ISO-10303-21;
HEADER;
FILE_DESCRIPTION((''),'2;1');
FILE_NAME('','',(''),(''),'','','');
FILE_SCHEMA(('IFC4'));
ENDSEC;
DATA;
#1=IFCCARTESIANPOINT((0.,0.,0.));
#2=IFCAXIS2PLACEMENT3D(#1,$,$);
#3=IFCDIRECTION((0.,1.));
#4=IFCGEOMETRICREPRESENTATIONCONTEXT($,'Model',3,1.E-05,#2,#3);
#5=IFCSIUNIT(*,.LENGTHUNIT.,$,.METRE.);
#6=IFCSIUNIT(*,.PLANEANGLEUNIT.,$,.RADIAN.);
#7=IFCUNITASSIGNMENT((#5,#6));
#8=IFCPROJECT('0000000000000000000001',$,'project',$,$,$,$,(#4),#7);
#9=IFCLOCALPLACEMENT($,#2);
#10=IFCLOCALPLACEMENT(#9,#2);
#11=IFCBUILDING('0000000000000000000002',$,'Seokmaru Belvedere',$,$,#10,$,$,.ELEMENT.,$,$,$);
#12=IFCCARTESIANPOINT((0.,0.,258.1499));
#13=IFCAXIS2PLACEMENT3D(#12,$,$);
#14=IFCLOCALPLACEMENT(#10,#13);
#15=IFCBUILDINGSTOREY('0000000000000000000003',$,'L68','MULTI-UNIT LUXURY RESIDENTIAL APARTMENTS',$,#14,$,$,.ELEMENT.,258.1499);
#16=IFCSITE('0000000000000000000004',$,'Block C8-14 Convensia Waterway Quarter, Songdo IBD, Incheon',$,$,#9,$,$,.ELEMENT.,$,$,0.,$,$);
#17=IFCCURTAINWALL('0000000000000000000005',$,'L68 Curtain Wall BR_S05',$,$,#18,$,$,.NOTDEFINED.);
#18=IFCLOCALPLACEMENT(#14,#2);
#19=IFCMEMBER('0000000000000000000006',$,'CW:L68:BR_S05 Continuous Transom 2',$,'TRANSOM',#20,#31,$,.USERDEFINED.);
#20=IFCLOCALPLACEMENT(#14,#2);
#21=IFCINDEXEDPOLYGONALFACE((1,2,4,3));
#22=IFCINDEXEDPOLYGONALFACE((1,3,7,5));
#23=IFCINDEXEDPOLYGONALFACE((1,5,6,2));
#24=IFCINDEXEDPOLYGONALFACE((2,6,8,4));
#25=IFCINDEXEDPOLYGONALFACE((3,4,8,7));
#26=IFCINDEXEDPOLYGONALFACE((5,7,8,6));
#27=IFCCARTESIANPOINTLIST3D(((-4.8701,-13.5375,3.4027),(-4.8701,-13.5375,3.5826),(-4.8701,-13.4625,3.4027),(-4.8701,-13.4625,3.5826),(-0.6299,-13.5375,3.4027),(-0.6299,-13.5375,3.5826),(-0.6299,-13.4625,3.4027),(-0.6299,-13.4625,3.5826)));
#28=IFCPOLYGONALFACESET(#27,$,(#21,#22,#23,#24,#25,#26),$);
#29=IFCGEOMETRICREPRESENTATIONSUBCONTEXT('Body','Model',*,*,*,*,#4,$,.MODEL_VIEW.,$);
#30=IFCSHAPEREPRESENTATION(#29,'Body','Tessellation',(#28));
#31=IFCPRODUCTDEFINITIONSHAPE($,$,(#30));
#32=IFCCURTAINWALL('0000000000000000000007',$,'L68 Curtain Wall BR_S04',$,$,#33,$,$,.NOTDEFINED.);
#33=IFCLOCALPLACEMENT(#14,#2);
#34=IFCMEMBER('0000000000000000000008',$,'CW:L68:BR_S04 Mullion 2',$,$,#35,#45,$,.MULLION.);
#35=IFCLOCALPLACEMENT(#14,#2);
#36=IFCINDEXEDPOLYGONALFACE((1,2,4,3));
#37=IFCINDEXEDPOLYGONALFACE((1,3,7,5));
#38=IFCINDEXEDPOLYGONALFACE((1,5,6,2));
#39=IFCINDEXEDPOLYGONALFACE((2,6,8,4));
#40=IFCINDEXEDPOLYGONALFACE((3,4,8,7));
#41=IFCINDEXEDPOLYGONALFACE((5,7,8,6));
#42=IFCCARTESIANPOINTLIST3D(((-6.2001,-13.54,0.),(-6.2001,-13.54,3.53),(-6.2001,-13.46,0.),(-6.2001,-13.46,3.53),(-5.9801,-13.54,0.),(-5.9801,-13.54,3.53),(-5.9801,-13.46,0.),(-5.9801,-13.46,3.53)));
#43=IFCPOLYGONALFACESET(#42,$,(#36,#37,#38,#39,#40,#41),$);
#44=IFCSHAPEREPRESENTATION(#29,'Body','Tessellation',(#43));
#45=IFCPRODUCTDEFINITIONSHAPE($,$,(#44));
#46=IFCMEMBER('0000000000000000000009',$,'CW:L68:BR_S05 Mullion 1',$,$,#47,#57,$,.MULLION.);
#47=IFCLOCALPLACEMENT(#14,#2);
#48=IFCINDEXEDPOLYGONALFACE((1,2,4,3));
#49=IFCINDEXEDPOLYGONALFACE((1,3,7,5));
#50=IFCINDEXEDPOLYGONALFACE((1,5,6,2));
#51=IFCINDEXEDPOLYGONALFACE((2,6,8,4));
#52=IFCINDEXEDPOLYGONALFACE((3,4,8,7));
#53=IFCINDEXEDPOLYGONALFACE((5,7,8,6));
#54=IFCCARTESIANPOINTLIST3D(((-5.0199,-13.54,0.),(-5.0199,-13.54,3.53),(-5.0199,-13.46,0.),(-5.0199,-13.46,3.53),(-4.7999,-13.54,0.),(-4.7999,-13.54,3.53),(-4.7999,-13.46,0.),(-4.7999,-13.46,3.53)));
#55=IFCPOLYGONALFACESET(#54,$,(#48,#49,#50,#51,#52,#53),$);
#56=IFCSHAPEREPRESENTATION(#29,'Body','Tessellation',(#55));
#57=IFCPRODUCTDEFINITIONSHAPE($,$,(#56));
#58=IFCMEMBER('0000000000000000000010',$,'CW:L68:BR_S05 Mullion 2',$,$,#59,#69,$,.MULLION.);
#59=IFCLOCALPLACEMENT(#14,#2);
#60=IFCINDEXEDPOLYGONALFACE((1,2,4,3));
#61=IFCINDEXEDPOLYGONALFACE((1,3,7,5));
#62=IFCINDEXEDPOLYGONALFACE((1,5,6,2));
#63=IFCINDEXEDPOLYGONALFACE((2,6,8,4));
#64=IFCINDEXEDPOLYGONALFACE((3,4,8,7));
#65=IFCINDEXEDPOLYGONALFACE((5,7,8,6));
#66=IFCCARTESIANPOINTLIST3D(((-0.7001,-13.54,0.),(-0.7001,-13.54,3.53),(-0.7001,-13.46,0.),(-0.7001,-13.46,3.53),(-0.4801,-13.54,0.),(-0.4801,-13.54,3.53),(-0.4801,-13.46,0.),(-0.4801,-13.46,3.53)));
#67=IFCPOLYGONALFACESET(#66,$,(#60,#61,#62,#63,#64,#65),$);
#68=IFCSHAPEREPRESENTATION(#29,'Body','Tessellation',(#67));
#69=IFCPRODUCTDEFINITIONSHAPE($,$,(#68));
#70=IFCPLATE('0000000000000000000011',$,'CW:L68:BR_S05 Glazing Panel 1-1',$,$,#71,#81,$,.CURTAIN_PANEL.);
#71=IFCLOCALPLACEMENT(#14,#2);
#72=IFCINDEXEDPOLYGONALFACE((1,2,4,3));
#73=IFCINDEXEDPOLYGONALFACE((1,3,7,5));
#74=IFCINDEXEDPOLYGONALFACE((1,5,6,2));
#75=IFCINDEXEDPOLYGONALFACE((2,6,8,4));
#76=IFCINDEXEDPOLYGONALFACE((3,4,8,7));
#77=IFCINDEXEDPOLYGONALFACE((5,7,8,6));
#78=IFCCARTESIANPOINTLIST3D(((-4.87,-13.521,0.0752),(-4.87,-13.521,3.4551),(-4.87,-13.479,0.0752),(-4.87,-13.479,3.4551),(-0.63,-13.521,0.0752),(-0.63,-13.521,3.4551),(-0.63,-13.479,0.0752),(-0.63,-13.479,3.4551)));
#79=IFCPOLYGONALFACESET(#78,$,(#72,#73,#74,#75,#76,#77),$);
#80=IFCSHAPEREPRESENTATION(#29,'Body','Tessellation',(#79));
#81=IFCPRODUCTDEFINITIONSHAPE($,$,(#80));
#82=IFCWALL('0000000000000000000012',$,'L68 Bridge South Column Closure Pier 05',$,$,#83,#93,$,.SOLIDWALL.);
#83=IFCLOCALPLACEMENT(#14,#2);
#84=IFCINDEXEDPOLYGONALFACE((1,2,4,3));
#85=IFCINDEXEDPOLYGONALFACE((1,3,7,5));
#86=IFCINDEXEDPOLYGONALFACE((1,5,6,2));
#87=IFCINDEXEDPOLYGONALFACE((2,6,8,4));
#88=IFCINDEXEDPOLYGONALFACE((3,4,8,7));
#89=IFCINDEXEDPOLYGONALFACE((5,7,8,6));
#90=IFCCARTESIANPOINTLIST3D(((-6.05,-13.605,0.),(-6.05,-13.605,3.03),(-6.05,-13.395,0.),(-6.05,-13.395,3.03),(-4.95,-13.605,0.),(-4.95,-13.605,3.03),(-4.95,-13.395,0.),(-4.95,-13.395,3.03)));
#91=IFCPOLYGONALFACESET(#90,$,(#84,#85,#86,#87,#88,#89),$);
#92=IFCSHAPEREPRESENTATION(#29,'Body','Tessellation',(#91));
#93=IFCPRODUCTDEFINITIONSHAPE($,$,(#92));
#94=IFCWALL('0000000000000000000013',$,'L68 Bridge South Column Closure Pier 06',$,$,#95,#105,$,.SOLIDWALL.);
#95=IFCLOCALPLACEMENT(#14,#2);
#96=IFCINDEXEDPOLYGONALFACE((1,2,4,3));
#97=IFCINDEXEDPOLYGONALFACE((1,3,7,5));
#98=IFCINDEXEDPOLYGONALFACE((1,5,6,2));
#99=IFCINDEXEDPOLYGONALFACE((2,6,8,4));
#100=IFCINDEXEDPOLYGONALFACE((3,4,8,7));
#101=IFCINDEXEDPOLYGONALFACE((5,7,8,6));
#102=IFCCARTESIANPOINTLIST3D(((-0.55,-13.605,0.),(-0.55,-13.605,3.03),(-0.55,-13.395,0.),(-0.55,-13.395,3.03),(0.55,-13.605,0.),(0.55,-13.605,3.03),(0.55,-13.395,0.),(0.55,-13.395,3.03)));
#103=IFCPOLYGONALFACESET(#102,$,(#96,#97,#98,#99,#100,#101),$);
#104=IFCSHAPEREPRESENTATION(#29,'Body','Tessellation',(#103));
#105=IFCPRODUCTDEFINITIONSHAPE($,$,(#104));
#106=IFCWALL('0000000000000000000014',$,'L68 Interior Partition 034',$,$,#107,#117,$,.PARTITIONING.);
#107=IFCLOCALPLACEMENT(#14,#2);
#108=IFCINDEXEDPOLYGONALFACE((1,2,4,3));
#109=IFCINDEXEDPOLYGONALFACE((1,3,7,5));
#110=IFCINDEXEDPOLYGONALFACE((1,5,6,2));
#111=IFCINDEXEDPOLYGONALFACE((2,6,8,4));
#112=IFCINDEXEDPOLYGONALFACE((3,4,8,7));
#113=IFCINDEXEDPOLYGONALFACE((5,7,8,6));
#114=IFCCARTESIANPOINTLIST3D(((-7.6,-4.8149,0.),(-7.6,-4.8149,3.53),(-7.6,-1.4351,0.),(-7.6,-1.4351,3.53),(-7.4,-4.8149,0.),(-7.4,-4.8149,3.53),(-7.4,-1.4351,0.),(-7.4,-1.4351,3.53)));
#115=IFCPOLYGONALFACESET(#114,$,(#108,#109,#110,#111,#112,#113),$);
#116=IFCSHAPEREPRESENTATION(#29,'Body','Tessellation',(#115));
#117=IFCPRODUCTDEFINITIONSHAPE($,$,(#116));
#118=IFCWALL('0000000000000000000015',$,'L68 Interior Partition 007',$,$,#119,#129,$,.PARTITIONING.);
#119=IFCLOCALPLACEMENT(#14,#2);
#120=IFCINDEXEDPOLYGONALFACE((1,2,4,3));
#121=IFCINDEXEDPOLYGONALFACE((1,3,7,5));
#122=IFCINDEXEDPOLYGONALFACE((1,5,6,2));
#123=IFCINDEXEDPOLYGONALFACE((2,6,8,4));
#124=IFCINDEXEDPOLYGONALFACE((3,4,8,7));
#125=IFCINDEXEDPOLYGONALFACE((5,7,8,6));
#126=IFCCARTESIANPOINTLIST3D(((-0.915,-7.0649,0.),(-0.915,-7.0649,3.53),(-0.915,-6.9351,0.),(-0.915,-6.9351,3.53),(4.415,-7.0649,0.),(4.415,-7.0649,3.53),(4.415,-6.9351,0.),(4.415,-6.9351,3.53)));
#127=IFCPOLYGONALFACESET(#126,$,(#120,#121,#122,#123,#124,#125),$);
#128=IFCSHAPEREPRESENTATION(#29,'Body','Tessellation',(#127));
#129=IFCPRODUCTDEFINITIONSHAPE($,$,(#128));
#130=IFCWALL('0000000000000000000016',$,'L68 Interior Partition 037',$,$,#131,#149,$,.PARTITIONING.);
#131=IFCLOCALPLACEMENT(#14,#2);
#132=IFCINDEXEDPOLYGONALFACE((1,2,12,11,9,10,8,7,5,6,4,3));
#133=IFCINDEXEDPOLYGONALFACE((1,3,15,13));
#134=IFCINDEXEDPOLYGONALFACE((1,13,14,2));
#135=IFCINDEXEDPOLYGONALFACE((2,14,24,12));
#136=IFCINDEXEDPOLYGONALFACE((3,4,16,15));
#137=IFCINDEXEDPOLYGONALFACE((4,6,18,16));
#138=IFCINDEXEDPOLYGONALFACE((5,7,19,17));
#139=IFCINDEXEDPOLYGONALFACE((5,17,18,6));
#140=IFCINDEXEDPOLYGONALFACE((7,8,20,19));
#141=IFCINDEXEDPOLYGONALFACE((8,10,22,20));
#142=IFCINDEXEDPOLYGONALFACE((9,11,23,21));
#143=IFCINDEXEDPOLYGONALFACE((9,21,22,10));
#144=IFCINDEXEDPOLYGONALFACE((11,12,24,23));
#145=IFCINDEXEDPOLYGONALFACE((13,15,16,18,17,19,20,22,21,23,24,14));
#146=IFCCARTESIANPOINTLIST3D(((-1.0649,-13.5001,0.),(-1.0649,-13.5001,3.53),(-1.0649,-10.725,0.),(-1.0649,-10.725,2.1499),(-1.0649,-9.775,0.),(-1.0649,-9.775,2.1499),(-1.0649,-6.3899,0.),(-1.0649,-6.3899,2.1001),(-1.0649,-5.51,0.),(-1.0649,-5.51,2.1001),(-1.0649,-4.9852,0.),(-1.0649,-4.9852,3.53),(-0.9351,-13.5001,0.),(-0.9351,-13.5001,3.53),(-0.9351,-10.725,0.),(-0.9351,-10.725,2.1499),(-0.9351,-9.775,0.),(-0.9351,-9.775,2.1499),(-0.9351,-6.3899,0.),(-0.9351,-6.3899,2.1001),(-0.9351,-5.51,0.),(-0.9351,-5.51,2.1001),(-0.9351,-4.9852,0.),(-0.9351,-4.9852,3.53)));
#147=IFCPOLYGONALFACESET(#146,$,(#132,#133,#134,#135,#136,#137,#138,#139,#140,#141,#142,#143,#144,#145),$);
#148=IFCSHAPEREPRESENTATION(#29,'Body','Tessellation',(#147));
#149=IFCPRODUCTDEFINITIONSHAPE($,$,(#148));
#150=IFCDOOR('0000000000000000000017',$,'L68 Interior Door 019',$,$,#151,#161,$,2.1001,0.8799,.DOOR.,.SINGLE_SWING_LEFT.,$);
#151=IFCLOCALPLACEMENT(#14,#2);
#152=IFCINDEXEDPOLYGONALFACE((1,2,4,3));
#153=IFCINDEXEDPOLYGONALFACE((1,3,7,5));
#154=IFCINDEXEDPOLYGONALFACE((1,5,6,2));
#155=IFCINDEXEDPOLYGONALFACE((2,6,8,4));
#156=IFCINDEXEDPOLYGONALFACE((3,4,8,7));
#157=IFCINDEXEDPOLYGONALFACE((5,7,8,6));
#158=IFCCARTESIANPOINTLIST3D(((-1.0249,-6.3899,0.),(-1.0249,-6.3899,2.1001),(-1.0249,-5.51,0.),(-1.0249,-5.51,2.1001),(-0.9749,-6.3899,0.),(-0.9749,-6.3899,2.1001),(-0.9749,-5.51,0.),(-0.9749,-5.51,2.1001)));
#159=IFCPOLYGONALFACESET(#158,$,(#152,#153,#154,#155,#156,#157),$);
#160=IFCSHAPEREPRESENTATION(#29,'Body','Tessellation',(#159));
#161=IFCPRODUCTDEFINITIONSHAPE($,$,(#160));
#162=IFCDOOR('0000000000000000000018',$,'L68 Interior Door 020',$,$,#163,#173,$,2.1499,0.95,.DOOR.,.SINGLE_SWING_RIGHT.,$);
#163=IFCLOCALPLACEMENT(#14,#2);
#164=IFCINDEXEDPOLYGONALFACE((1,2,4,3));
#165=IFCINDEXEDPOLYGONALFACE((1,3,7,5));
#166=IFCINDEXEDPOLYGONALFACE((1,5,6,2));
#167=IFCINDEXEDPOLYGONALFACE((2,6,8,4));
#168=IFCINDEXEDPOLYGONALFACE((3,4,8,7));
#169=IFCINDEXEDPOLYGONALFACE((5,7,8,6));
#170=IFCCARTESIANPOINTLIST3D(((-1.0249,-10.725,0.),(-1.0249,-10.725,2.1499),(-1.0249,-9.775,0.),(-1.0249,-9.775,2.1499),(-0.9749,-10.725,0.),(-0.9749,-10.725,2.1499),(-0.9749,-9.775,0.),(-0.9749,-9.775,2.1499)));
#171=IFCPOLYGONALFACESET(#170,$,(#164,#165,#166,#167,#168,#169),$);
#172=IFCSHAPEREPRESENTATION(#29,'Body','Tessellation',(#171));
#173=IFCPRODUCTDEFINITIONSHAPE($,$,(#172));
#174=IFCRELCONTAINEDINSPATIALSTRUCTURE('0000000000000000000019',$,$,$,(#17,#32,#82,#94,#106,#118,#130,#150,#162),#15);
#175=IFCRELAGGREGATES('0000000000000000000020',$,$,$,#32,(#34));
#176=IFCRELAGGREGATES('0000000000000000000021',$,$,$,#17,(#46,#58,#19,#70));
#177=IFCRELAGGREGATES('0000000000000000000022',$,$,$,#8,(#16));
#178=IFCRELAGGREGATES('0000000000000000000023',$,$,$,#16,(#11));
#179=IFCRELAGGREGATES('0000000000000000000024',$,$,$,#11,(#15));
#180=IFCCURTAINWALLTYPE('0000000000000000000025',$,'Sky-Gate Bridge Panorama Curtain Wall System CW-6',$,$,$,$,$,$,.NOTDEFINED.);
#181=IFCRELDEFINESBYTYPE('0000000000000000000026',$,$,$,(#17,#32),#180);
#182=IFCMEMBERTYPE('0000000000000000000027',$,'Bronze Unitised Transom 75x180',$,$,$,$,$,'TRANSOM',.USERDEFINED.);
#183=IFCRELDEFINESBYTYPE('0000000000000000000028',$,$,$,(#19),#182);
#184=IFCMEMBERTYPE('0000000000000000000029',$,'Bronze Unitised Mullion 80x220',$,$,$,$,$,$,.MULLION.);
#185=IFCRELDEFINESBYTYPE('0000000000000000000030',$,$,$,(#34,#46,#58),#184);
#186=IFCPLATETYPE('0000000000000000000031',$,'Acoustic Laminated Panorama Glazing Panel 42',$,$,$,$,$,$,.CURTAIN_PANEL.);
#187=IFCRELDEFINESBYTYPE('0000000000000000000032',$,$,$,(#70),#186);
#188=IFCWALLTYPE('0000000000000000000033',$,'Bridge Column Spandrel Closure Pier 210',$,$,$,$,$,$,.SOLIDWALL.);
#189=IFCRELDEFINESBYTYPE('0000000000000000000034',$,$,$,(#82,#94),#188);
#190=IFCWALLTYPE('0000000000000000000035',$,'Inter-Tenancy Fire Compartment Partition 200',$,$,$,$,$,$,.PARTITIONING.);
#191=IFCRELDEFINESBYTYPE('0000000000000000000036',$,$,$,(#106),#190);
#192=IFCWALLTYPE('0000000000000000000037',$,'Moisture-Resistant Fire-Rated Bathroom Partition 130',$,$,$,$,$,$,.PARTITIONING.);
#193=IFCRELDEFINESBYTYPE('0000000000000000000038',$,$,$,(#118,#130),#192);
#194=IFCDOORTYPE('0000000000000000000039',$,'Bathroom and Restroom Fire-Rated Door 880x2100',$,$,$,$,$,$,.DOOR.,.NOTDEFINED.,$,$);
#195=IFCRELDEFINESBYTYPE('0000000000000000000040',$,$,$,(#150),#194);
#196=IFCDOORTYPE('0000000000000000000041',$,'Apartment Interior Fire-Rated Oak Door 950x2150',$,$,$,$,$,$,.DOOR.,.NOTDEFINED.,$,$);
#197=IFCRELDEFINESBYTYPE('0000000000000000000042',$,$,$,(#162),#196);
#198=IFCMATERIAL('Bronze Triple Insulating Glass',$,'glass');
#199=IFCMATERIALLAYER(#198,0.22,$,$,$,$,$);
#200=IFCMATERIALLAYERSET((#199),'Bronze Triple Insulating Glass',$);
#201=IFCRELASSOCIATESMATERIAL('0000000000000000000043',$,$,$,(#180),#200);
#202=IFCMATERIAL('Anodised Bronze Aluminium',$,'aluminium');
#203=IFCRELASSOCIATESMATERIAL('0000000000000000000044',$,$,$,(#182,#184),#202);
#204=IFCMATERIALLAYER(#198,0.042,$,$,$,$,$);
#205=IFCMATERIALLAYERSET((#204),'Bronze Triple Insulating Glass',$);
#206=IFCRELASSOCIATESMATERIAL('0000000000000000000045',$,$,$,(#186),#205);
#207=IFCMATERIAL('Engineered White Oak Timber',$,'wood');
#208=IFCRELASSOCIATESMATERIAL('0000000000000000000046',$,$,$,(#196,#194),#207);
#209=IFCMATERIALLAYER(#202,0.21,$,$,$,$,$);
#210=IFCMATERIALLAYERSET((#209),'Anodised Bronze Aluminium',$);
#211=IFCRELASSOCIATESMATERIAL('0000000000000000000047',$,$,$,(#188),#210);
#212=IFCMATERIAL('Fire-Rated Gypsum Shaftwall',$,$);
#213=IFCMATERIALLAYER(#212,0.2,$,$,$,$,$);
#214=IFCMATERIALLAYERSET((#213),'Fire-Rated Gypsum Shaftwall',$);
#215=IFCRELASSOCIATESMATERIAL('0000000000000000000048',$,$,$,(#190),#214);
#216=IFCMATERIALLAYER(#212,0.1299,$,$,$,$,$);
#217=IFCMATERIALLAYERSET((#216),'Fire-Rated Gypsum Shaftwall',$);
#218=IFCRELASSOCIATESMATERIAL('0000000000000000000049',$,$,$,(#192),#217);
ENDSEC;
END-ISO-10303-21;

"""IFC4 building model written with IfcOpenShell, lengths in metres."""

from ifc_helpers import new_model, si_unit, direction, frame, frame_2d, origin, origin_2d, place, context, subcontext, project, spatial, rectangle, extrude, source, transform, mapped, material, layer, layer_set, material_profile, profile_set, type_object, type_shapes, element, fill, aggregate, save


model = new_model("IFC4")

# Units and contexts
model_context = context("Model", 3, precision=1e-05, world=origin(), true_north=direction((0.0, 1.0)))
body_context = subcontext(model_context, "Body", "Model", "MODEL_VIEW")
ifc_project = project(units=[si_unit("LENGTHUNIT", "METRE"), si_unit("PLANEANGLEUNIT", "RADIAN")], contexts=[model_context])

# Site, building, storey
site_placement = place(None, origin())
site = spatial("IfcSite", under=ifc_project, at=site_placement, Name="Block C8-14 Convensia Waterway Quarter, Songdo IBD, Incheon", CompositionType="ELEMENT", RefElevation=0.0)
building_placement = place(site_placement, origin())
building = spatial("IfcBuilding", under=site, at=building_placement, Name="Seokmaru Belvedere", CompositionType="ELEMENT")
storey_placement = place(building_placement, frame((0.0, 0.0, 258.1499)))
storey = spatial("IfcBuildingStorey", under=building, at=storey_placement, Name="L68", Description="MULTI-UNIT LUXURY RESIDENTIAL APARTMENTS", CompositionType="ELEMENT", Elevation=258.1499)

# Curtain wall, member
ifc_material_1 = material(Name="Bronze Triple Insulating Glass", Category="glass")
ifc_layer_1 = layer(ifc_material_1, 0.22)
ifc_layer_set_1 = layer_set([ifc_layer_1], Name="Bronze Triple Insulating Glass")
curtain_wall_type = type_object("IfcCurtainWallType", Name="Sky-Gate Bridge Panorama Curtain Wall System CW-6", PredefinedType="NOTDEFINED", material=ifc_layer_set_1)
curtain_wall_1_placement = place(storey_placement, origin())
curtain_wall_1 = element("IfcCurtainWall", 1, at=curtain_wall_1_placement, inside=storey, type_object=curtain_wall_type, Name="L68 Curtain Wall BR_S05", PredefinedType="NOTDEFINED")
ifc_material_2 = material(Name="Anodised Bronze Aluminium", Category="aluminium")
ifc_material_profile_1 = material_profile(ifc_material_2, rectangle(XDim=0.075, YDim=0.1799, at=origin_2d()), Name="CW-T-75x180")
ifc_profile_set_1 = profile_set([ifc_material_profile_1], Name="Anodised Bronze Aluminium")
member_type_1 = type_object("IfcMemberType", Name="Bronze Unitised Transom 75x180", ElementType="TRANSOM", PredefinedType="USERDEFINED", material=ifc_profile_set_1)
shared_shape_1 = source(origin(), body_context, "Body", "SweptSolid", [
    extrude(rectangle(XDim=0.075, YDim=0.1799, at=origin_2d()), origin(), (0.0, 0.0, 1.0), 4.2402),
])
type_shapes(member_type_1, [shared_shape_1])
member_1_placement = place(storey_placement, frame((-4.8701, -13.5, 3.4927), z_axis=(1.0, 0.0, 0.0), x_axis=(0.0, 1.0, 0.0)))
member_1 = element("IfcMember", 2, at=member_1_placement, type_object=member_type_1, Name="CW:L68:BR_S05 Continuous Transom 2", ObjectType="TRANSOM", PredefinedType="USERDEFINED", context=body_context, shape_type="MappedRepresentation", body=[
    mapped(shared_shape_1, transform((0.0, 0.0, 0.0), scale=1.0)),
])

# Curtain wall, member
curtain_wall_2_placement = place(storey_placement, origin())
curtain_wall_2 = element("IfcCurtainWall", 3, at=curtain_wall_2_placement, inside=storey, type_object=curtain_wall_type, Name="L68 Curtain Wall BR_S04", PredefinedType="NOTDEFINED")
ifc_material_profile_2 = material_profile(ifc_material_2, rectangle(XDim=0.0801, YDim=0.22, at=origin_2d()), Name="CW-M-80x220")
ifc_profile_set_2 = profile_set([ifc_material_profile_2], Name="Anodised Bronze Aluminium")
member_type_2 = type_object("IfcMemberType", Name="Bronze Unitised Mullion 80x220", PredefinedType="MULLION", material=ifc_profile_set_2)
shared_shape_2 = source(origin(), body_context, "Body", "SweptSolid", [
    extrude(rectangle(XDim=0.0801, YDim=0.22, at=origin_2d()), origin(), (0.0, 0.0, 1.0), 3.53),
])
type_shapes(member_type_2, [shared_shape_2])
member_2_placement = place(storey_placement, frame((-6.0901, -13.5, 0.0), z_axis=(0.0, 0.0, 1.0), x_axis=(0.0, 1.0, 0.0)))
member_2 = element("IfcMember", 4, at=member_2_placement, type_object=member_type_2, Name="CW:L68:BR_S04 Mullion 2", PredefinedType="MULLION", context=body_context, shape_type="MappedRepresentation", body=[
    mapped(shared_shape_2, transform((0.0, 0.0, 0.0), scale=1.0)),
])
aggregate(curtain_wall_2, [member_2])

# Members
member_3_placement = place(storey_placement, frame((-4.9099, -13.5, 0.0), z_axis=(0.0, 0.0, 1.0), x_axis=(0.0, 1.0, 0.0)))
member_3 = element("IfcMember", 5, at=member_3_placement, type_object=member_type_2, Name="CW:L68:BR_S05 Mullion 1", PredefinedType="MULLION", context=body_context, shape_type="MappedRepresentation", body=[
    mapped(shared_shape_2, transform((0.0, 0.0, 0.0), scale=1.0)),
])
member_4_placement = place(storey_placement, frame((-0.5901, -13.5, 0.0), z_axis=(0.0, 0.0, 1.0), x_axis=(0.0, 1.0, 0.0)))
member_4 = element("IfcMember", 6, at=member_4_placement, type_object=member_type_2, Name="CW:L68:BR_S05 Mullion 2", PredefinedType="MULLION", context=body_context, shape_type="MappedRepresentation", body=[
    mapped(shared_shape_2, transform((0.0, 0.0, 0.0), scale=1.0)),
])

# Plate
ifc_layer_2 = layer(ifc_material_1, 0.042)
ifc_layer_set_2 = layer_set([ifc_layer_2], Name="Bronze Triple Insulating Glass")
plate_type = type_object("IfcPlateType", Name="Acoustic Laminated Panorama Glazing Panel 42", PredefinedType="CURTAIN_PANEL", material=ifc_layer_set_2)
shared_shape_3 = source(origin(), body_context, "Body", "SweptSolid", [
    extrude(rectangle(XDim=4.24, YDim=0.042, at=origin_2d()), origin(), (0.0, 0.0, 1.0), 3.3799),
])
type_shapes(plate_type, [shared_shape_3])
plate_placement = place(storey_placement, frame((-2.75, -13.5, 0.0752), z_axis=(0.0, 0.0, 1.0), x_axis=(1.0, 0.0, 0.0)))
plate = element("IfcPlate", 7, at=plate_placement, type_object=plate_type, Name="CW:L68:BR_S05 Glazing Panel 1-1", PredefinedType="CURTAIN_PANEL", context=body_context, shape_type="MappedRepresentation", body=[
    mapped(shared_shape_3, transform((0.0, 0.0, 0.0), scale=1.0)),
])
aggregate(curtain_wall_1, [member_3, member_4, member_1, plate])

# Shared definitions
ifc_material_3 = material(Name="Fire-Rated Gypsum Shaftwall")
ifc_material_4 = material(Name="Engineered White Oak Timber", Category="wood")
door_type_1 = type_object("IfcDoorType", Name="Apartment Interior Fire-Rated Oak Door 950x2150", OperationType="NOTDEFINED", PredefinedType="DOOR", material=ifc_material_4)
shared_shape_4 = source(origin(), body_context, "Body", "SweptSolid", [
    extrude(rectangle(XDim=0.95, YDim=2.1499, at=frame_2d((0.4751, 1.075))), frame((0.0, 0.0249, 0.0), z_axis=(0.0, -1.0, 0.0), x_axis=(1.0, 0.0, 0.0)), (0.0, 0.0, 1.0), 0.05),
])
type_shapes(door_type_1, [shared_shape_4])

# Walls
ifc_layer_3 = layer(ifc_material_2, 0.21)
ifc_layer_set_3 = layer_set([ifc_layer_3], Name="Anodised Bronze Aluminium")
wall_type_1 = type_object("IfcWallType", Name="Bridge Column Spandrel Closure Pier 210", PredefinedType="SOLIDWALL", material=ifc_layer_set_3)
for number, where, z_axis, x_axis, name in (
    (8, (-6.05, -13.5, 0.0), (0.0, 0.0, 1.0), (1.0, 0.0, 0.0), "L68 Bridge South Column Closure Pier 05"),
    (9, (-0.55, -13.5, 0.0), (0.0, 0.0, 1.0), (1.0, 0.0, 0.0), "L68 Bridge South Column Closure Pier 06"),
):
    element("IfcWall", number, at=place(storey_placement, frame(where, z_axis=z_axis, x_axis=x_axis)), inside=storey, type_object=wall_type_1, Name=name, PredefinedType="SOLIDWALL", context=body_context, shape_type="SweptSolid", body=[
        extrude(rectangle(XDim=1.1001, YDim=0.21, at=frame_2d((0.55, 0.0))), origin(), (0.0, 0.0, 1.0), 3.03),
    ])
ifc_layer_4 = layer(ifc_material_3, 0.2)
ifc_layer_set_4 = layer_set([ifc_layer_4], Name="Fire-Rated Gypsum Shaftwall")
wall_type_2 = type_object("IfcWallType", Name="Inter-Tenancy Fire Compartment Partition 200", PredefinedType="PARTITIONING", material=ifc_layer_set_4)
wall_1_placement = place(storey_placement, frame((-7.5, -4.8149, 0.0), z_axis=(0.0, 0.0, 1.0), x_axis=(0.0, 1.0, 0.0)))
element("IfcWall", 10, at=wall_1_placement, inside=storey, type_object=wall_type_2, Name="L68 Interior Partition 034", PredefinedType="PARTITIONING", context=body_context, shape_type="SweptSolid", body=[
    extrude(rectangle(XDim=3.3799, YDim=0.2, at=frame_2d((1.6899, 0.0))), origin(), (0.0, 0.0, 1.0), 3.53),
])
ifc_layer_5 = layer(ifc_material_3, 0.1299)
ifc_layer_set_5 = layer_set([ifc_layer_5], Name="Fire-Rated Gypsum Shaftwall")
wall_type_3 = type_object("IfcWallType", Name="Moisture-Resistant Fire-Rated Bathroom Partition 130", PredefinedType="PARTITIONING", material=ifc_layer_set_5)
wall_2_placement = place(storey_placement, frame((-0.915, -7.0, 0.0), z_axis=(0.0, 0.0, 1.0), x_axis=(1.0, 0.0, 0.0)))
element("IfcWall", 11, at=wall_2_placement, inside=storey, type_object=wall_type_3, Name="L68 Interior Partition 007", PredefinedType="PARTITIONING", context=body_context, shape_type="SweptSolid", body=[
    extrude(rectangle(XDim=5.3301, YDim=0.1299, at=frame_2d((2.665, 0.0))), origin(), (0.0, 0.0, 1.0), 3.53),
])

# Wall, openings, doors
wall_3_placement = place(storey_placement, frame((-1.0, -13.5, 0.0), z_axis=(0.0, 0.0, 1.0), x_axis=(0.0, 1.0, 0.0)))
wall_3 = element("IfcWall", 12, at=wall_3_placement, inside=storey, type_object=wall_type_3, Name="L68 Interior Partition 037", PredefinedType="PARTITIONING", context=body_context, shape_type="SweptSolid", body=[
    extrude(rectangle(XDim=8.5149, YDim=0.1299, at=frame_2d((4.2573, 0.0))), origin(), (0.0, 0.0, 1.0), 3.53),
])
opening_1_placement = place(wall_3_placement, frame((7.1101, 0.0, 0.0)))
opening_1 = element("IfcOpeningElement", 13, at=opening_1_placement, cuts=wall_3, PredefinedType="OPENING", context=body_context, shape_type="SweptSolid", body=[
    extrude(rectangle(XDim=0.8799, YDim=2.1001, at=frame_2d((0.4399, 1.05))), frame((0.0, 0.075, 0.0), z_axis=(0.0, -1.0, 0.0), x_axis=(1.0, 0.0, 0.0)), (0.0, 0.0, 1.0), 0.1499),
])
opening_2_placement = place(wall_3_placement, frame((2.7749, 0.0, 0.0)))
opening_2 = element("IfcOpeningElement", 14, at=opening_2_placement, cuts=wall_3, PredefinedType="OPENING", context=body_context, shape_type="SweptSolid", body=[
    extrude(rectangle(XDim=0.95, YDim=2.1499, at=frame_2d((0.4751, 1.075))), frame((0.0, 0.075, 0.0), z_axis=(0.0, -1.0, 0.0), x_axis=(1.0, 0.0, 0.0)), (0.0, 0.0, 1.0), 0.1499),
])
door_type_2 = type_object("IfcDoorType", Name="Bathroom and Restroom Fire-Rated Door 880x2100", OperationType="NOTDEFINED", PredefinedType="DOOR", material=ifc_material_4)
shared_shape_5 = source(origin(), body_context, "Body", "SweptSolid", [
    extrude(rectangle(XDim=0.8799, YDim=2.1001, at=frame_2d((0.4399, 1.05))), frame((0.0, 0.0249, 0.0), z_axis=(0.0, -1.0, 0.0), x_axis=(1.0, 0.0, 0.0)), (0.0, 0.0, 1.0), 0.05),
])
type_shapes(door_type_2, [shared_shape_5])
door_1_placement = place(opening_1_placement, origin())
door_1 = element("IfcDoor", 15, at=door_1_placement, inside=storey, type_object=door_type_2, Name="L68 Interior Door 019", OperationType="SINGLE_SWING_LEFT", OverallHeight=2.1001, OverallWidth=0.8799, PredefinedType="DOOR", context=body_context, shape_type="MappedRepresentation", body=[
    mapped(shared_shape_5, transform((0.0, 0.0, 0.0), scale=1.0)),
])
fill(opening_1, door_1)
door_2_placement = place(opening_2_placement, origin())
door_2 = element("IfcDoor", 16, at=door_2_placement, inside=storey, type_object=door_type_1, Name="L68 Interior Door 020", OperationType="SINGLE_SWING_RIGHT", OverallHeight=2.1499, OverallWidth=0.95, PredefinedType="DOOR", context=body_context, shape_type="MappedRepresentation", body=[
    mapped(shared_shape_4, transform((0.0, 0.0, 0.0), scale=1.0)),
])
fill(opening_2, door_2)

save(model, "model.ifc")
